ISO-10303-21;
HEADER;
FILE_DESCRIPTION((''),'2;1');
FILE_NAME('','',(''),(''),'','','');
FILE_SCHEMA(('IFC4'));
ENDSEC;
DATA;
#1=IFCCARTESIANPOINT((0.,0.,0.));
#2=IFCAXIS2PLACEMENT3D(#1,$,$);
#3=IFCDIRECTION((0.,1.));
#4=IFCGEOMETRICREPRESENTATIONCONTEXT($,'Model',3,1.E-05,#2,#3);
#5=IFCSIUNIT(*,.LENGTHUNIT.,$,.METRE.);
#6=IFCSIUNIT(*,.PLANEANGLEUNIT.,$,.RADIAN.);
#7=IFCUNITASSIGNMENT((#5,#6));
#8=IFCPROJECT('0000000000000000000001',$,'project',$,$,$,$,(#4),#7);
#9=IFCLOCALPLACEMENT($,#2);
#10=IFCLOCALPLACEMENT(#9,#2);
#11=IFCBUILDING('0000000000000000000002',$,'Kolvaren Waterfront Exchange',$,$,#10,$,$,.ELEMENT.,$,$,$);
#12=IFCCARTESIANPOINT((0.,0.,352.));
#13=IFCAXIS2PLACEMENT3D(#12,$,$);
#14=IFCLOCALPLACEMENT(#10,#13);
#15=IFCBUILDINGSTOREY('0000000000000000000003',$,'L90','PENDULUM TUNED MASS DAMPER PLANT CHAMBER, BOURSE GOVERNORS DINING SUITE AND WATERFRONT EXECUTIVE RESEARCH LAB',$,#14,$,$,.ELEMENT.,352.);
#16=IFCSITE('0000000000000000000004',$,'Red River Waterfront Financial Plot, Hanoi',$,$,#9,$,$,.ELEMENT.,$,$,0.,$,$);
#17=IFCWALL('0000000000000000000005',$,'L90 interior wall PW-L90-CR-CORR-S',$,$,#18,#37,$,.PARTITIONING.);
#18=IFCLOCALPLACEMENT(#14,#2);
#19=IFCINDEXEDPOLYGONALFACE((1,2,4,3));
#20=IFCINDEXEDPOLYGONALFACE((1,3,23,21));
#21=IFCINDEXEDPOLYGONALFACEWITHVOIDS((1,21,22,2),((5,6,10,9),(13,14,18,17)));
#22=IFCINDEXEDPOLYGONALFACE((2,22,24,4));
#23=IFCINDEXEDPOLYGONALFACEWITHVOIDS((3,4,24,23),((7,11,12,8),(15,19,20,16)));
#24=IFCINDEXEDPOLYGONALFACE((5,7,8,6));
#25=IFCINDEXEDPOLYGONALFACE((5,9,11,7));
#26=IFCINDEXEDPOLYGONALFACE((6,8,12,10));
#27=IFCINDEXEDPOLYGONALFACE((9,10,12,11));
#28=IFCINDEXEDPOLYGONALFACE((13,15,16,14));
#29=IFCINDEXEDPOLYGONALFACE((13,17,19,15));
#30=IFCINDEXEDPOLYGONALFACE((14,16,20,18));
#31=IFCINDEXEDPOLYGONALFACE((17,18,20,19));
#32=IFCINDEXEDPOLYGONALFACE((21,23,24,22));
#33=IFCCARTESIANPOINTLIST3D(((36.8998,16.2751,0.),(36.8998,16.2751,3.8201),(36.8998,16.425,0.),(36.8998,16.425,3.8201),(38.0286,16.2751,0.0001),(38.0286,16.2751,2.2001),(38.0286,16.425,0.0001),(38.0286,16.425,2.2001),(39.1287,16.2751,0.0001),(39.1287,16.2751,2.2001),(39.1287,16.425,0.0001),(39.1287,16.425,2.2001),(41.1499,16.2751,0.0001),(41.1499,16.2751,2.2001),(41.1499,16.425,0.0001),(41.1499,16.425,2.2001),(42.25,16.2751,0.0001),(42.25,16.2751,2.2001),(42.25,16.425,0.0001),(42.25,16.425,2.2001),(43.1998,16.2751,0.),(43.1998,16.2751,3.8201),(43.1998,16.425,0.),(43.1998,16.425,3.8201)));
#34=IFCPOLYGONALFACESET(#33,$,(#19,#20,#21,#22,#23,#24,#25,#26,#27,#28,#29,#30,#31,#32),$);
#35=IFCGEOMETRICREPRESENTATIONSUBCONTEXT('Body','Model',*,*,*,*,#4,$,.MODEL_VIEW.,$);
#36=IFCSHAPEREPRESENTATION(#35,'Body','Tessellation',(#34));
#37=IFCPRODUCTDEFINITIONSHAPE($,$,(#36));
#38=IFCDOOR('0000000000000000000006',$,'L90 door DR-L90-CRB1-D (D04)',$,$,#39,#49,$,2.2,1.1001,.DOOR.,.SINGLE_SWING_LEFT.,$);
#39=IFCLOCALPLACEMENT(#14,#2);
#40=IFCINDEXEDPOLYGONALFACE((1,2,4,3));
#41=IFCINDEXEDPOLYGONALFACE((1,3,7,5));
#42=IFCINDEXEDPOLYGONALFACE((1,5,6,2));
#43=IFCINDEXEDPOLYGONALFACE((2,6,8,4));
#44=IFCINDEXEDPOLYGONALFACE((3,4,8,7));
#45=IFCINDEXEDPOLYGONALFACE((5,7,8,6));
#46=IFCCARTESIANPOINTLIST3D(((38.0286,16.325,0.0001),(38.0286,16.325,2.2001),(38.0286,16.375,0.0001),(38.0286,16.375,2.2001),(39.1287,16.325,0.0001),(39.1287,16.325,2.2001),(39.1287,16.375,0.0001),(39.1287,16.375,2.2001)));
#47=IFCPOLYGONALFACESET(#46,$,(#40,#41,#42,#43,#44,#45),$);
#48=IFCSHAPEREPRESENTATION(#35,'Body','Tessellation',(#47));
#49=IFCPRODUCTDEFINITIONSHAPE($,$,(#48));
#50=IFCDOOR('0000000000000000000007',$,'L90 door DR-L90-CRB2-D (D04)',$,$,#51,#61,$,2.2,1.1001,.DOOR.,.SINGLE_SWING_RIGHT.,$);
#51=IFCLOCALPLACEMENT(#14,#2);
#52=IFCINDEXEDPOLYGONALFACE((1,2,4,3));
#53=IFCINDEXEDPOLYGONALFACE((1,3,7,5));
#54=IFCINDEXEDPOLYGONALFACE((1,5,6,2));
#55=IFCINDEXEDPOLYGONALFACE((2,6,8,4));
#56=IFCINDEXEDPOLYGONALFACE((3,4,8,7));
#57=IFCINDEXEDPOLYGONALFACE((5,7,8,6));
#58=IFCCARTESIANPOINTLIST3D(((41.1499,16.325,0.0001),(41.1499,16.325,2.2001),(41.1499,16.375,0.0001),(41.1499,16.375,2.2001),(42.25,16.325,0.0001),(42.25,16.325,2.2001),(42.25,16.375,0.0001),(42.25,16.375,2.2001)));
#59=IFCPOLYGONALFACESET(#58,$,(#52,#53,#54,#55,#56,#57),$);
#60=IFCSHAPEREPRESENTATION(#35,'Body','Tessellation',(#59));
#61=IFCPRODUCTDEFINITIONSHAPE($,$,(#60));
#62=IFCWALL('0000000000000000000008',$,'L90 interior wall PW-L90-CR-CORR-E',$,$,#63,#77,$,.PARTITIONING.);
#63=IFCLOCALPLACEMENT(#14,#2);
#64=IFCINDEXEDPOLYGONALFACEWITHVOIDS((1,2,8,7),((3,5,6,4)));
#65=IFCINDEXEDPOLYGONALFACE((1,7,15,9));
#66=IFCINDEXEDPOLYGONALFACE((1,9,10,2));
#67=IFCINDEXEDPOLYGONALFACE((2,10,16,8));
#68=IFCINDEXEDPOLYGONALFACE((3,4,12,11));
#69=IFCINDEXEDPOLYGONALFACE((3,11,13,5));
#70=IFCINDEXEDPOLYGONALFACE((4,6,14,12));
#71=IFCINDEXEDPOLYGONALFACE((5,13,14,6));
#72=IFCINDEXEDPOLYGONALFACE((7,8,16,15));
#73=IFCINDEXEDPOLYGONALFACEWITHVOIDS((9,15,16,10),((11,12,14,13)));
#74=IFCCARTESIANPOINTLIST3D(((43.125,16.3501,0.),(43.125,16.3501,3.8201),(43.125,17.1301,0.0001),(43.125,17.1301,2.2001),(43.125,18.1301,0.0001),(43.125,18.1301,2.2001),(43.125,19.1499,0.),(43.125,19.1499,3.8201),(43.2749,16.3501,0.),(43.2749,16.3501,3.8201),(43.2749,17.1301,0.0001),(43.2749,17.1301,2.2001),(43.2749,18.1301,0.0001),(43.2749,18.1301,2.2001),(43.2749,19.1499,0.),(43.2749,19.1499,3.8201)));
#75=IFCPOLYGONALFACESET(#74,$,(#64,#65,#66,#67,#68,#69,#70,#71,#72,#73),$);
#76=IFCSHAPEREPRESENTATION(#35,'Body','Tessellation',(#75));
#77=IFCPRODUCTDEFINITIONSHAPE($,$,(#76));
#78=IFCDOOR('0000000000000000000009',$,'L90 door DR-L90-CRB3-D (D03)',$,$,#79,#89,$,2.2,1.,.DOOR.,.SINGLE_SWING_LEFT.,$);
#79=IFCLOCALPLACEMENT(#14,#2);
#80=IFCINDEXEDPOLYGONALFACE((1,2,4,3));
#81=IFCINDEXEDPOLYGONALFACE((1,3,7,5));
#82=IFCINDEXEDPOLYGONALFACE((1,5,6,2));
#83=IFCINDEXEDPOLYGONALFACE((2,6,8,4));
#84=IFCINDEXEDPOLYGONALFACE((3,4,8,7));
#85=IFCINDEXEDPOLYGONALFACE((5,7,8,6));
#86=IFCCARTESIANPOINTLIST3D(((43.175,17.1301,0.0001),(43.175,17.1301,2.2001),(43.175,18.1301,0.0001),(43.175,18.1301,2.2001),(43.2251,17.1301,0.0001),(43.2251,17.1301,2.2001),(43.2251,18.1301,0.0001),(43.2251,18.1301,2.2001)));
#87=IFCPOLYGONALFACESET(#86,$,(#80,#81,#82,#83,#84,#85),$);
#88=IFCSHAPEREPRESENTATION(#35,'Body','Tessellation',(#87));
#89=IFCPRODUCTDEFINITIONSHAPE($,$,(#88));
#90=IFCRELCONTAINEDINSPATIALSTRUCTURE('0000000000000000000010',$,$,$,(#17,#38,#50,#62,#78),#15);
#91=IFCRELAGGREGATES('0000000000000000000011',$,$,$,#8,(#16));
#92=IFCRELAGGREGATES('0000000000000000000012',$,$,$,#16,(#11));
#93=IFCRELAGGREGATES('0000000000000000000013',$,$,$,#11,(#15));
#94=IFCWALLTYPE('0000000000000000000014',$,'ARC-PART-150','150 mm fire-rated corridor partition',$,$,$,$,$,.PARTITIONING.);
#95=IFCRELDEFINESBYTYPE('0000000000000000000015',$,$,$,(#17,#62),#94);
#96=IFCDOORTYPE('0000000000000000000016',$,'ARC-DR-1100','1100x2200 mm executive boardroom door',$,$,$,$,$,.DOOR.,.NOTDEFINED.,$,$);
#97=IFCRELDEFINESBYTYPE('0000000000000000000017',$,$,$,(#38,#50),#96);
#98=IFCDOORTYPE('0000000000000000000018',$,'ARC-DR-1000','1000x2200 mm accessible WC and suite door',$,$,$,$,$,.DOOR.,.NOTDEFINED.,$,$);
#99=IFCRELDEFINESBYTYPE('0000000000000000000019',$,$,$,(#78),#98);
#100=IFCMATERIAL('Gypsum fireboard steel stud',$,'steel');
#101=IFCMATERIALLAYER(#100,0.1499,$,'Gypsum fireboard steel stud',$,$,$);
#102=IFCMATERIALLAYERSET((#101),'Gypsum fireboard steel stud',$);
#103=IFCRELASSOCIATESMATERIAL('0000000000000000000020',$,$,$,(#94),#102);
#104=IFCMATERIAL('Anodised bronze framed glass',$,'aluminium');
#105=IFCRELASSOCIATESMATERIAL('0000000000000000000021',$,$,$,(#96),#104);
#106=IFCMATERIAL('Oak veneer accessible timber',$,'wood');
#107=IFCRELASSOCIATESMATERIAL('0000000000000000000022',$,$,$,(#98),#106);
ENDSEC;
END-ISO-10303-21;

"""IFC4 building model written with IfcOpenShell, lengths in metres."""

from ifc_helpers import new_model, si_unit, direction, frame, frame_2d, origin, place, context, subcontext, project, spatial, rectangle, extrude, material, layer, layer_set, type_object, element, fill, save


model = new_model("IFC4")

# Units and contexts
model_context = context("Model", 3, precision=1e-05, world=origin(), true_north=direction((0.0, 1.0)))
body_context = subcontext(model_context, "Body", "Model", "MODEL_VIEW")
ifc_project = project(units=[si_unit("LENGTHUNIT", "METRE"), si_unit("PLANEANGLEUNIT", "RADIAN")], contexts=[model_context])

# Site, building, storey
site_placement = place(None, origin())
site = spatial("IfcSite", under=ifc_project, at=site_placement, Name="Red River Waterfront Financial Plot, Hanoi", CompositionType="ELEMENT", RefElevation=0.0)
building_placement = place(site_placement, origin())
building = spatial("IfcBuilding", under=site, at=building_placement, Name="Kolvaren Waterfront Exchange", CompositionType="ELEMENT")
storey_placement = place(building_placement, frame((0.0, 0.0, 352.0)))
storey = spatial("IfcBuildingStorey", under=building, at=storey_placement, Name="L90", Description="PENDULUM TUNED MASS DAMPER PLANT CHAMBER, BOURSE GOVERNORS DINING SUITE AND WATERFRONT EXECUTIVE RESEARCH LAB", CompositionType="ELEMENT", Elevation=352.0)

# Wall, openings, doors
ifc_material_1 = material(Name="Gypsum fireboard steel stud", Category="steel")
ifc_layer_1 = layer(ifc_material_1, 0.1499, Name="Gypsum fireboard steel stud")
ifc_layer_set_1 = layer_set([ifc_layer_1], Name="Gypsum fireboard steel stud")
wall_type_1 = type_object("IfcWallType", Name="ARC-PART-150", Description="150 mm fire-rated corridor partition", PredefinedType="PARTITIONING", material=ifc_layer_set_1)
wall_1_placement = place(storey_placement, frame((36.8999, 16.3501, 0.0), z_axis=(0.0, 0.0, 1.0), x_axis=(1.0, 0.0, 0.0)))
wall_1 = element("IfcWall", 1, at=wall_1_placement, inside=storey, type_object=wall_type_1, Name="L90 interior wall PW-L90-CR-CORR-S", PredefinedType="PARTITIONING", context=body_context, shape_type="SweptSolid", body=[
    extrude(rectangle(XDim=6.3, YDim=0.1499, at=frame_2d((3.1499, 0.0))), origin(), (0.0, 0.0, 1.0), 3.8201),
])
opening_1_placement = place(wall_1_placement, frame((1.1287, 0.0, 0.0)))
opening_1 = element("IfcOpeningElement", 2, at=opening_1_placement, cuts=wall_1, PredefinedType="OPENING", context=body_context, shape_type="SweptSolid", body=[
    extrude(rectangle(XDim=1.1001, YDim=2.2, at=frame_2d((0.55, 1.1001))), frame((0.0, 0.085, 0.0), z_axis=(0.0, -1.0, 0.0), x_axis=(1.0, 0.0, 0.0)), (0.0, 0.0, 1.0), 0.1699),
])
opening_2_placement = place(wall_1_placement, frame((4.25, 0.0, 0.0)))
opening_2 = element("IfcOpeningElement", 3, at=opening_2_placement, cuts=wall_1, PredefinedType="OPENING", context=body_context, shape_type="SweptSolid", body=[
    extrude(rectangle(XDim=1.1001, YDim=2.2, at=frame_2d((0.55, 1.1001))), frame((0.0, 0.085, 0.0), z_axis=(0.0, -1.0, 0.0), x_axis=(1.0, 0.0, 0.0)), (0.0, 0.0, 1.0), 0.1699),
])
ifc_material_2 = material(Name="Anodised bronze framed glass", Category="aluminium")
door_type_1 = type_object("IfcDoorType", Name="ARC-DR-1100", Description="1100x2200 mm executive boardroom door", OperationType="NOTDEFINED", PredefinedType="DOOR", material=ifc_material_2)
door_1_placement = place(opening_1_placement, origin())
door_1 = element("IfcDoor", 4, at=door_1_placement, inside=storey, type_object=door_type_1, Name="L90 door DR-L90-CRB1-D (D04)", OperationType="SINGLE_SWING_LEFT", OverallHeight=2.2, OverallWidth=1.1001, PredefinedType="DOOR", context=body_context, shape_type="SweptSolid", body=[
    extrude(rectangle(XDim=1.1001, YDim=2.2, at=frame_2d((0.55, 1.1001))), frame((0.0, 0.0249, 0.0), z_axis=(0.0, -1.0, 0.0), x_axis=(1.0, 0.0, 0.0)), (0.0, 0.0, 1.0), 0.05),
])
fill(opening_1, door_1)
door_2_placement = place(opening_2_placement, origin())
door_2 = element("IfcDoor", 5, at=door_2_placement, inside=storey, type_object=door_type_1, Name="L90 door DR-L90-CRB2-D (D04)", OperationType="SINGLE_SWING_RIGHT", OverallHeight=2.2, OverallWidth=1.1001, PredefinedType="DOOR", context=body_context, shape_type="SweptSolid", body=[
    extrude(rectangle(XDim=1.1001, YDim=2.2, at=frame_2d((0.55, 1.1001))), frame((0.0, 0.0249, 0.0), z_axis=(0.0, -1.0, 0.0), x_axis=(1.0, 0.0, 0.0)), (0.0, 0.0, 1.0), 0.05),
])
fill(opening_2, door_2)

# Wall, opening, door
wall_2_placement = place(storey_placement, frame((43.2, 16.3501, 0.0), z_axis=(0.0, 0.0, 1.0), x_axis=(0.0, 1.0, 0.0)))
wall_2 = element("IfcWall", 6, at=wall_2_placement, inside=storey, type_object=wall_type_1, Name="L90 interior wall PW-L90-CR-CORR-E", PredefinedType="PARTITIONING", context=body_context, shape_type="SweptSolid", body=[
    extrude(rectangle(XDim=2.7998, YDim=0.1499, at=frame_2d((1.3999, 0.0))), origin(), (0.0, 0.0, 1.0), 3.8201),
])
opening_3_placement = place(wall_2_placement, frame((0.78, 0.0, 0.0)))
opening_3 = element("IfcOpeningElement", 7, at=opening_3_placement, cuts=wall_2, PredefinedType="OPENING", context=body_context, shape_type="SweptSolid", body=[
    extrude(rectangle(XDim=1.0, YDim=2.2, at=frame_2d((0.5, 1.1001))), frame((0.0, 0.085, 0.0), z_axis=(0.0, -1.0, 0.0), x_axis=(1.0, 0.0, 0.0)), (0.0, 0.0, 1.0), 0.1699),
])
ifc_material_3 = material(Name="Oak veneer accessible timber", Category="wood")
door_type_2 = type_object("IfcDoorType", Name="ARC-DR-1000", Description="1000x2200 mm accessible WC and suite door", OperationType="NOTDEFINED", PredefinedType="DOOR", material=ifc_material_3)
door_3_placement = place(opening_3_placement, origin())
door_3 = element("IfcDoor", 8, at=door_3_placement, inside=storey, type_object=door_type_2, Name="L90 door DR-L90-CRB3-D (D03)", OperationType="SINGLE_SWING_LEFT", OverallHeight=2.2, OverallWidth=1.0, PredefinedType="DOOR", context=body_context, shape_type="SweptSolid", body=[
    extrude(rectangle(XDim=1.0, YDim=2.2, at=frame_2d((0.5, 1.1001))), frame((0.0, 0.0249, 0.0), z_axis=(0.0, -1.0, 0.0), x_axis=(1.0, 0.0, 0.0)), (0.0, 0.0, 1.0), 0.05),
])
fill(opening_3, door_3)

save(model, "model.ifc")
